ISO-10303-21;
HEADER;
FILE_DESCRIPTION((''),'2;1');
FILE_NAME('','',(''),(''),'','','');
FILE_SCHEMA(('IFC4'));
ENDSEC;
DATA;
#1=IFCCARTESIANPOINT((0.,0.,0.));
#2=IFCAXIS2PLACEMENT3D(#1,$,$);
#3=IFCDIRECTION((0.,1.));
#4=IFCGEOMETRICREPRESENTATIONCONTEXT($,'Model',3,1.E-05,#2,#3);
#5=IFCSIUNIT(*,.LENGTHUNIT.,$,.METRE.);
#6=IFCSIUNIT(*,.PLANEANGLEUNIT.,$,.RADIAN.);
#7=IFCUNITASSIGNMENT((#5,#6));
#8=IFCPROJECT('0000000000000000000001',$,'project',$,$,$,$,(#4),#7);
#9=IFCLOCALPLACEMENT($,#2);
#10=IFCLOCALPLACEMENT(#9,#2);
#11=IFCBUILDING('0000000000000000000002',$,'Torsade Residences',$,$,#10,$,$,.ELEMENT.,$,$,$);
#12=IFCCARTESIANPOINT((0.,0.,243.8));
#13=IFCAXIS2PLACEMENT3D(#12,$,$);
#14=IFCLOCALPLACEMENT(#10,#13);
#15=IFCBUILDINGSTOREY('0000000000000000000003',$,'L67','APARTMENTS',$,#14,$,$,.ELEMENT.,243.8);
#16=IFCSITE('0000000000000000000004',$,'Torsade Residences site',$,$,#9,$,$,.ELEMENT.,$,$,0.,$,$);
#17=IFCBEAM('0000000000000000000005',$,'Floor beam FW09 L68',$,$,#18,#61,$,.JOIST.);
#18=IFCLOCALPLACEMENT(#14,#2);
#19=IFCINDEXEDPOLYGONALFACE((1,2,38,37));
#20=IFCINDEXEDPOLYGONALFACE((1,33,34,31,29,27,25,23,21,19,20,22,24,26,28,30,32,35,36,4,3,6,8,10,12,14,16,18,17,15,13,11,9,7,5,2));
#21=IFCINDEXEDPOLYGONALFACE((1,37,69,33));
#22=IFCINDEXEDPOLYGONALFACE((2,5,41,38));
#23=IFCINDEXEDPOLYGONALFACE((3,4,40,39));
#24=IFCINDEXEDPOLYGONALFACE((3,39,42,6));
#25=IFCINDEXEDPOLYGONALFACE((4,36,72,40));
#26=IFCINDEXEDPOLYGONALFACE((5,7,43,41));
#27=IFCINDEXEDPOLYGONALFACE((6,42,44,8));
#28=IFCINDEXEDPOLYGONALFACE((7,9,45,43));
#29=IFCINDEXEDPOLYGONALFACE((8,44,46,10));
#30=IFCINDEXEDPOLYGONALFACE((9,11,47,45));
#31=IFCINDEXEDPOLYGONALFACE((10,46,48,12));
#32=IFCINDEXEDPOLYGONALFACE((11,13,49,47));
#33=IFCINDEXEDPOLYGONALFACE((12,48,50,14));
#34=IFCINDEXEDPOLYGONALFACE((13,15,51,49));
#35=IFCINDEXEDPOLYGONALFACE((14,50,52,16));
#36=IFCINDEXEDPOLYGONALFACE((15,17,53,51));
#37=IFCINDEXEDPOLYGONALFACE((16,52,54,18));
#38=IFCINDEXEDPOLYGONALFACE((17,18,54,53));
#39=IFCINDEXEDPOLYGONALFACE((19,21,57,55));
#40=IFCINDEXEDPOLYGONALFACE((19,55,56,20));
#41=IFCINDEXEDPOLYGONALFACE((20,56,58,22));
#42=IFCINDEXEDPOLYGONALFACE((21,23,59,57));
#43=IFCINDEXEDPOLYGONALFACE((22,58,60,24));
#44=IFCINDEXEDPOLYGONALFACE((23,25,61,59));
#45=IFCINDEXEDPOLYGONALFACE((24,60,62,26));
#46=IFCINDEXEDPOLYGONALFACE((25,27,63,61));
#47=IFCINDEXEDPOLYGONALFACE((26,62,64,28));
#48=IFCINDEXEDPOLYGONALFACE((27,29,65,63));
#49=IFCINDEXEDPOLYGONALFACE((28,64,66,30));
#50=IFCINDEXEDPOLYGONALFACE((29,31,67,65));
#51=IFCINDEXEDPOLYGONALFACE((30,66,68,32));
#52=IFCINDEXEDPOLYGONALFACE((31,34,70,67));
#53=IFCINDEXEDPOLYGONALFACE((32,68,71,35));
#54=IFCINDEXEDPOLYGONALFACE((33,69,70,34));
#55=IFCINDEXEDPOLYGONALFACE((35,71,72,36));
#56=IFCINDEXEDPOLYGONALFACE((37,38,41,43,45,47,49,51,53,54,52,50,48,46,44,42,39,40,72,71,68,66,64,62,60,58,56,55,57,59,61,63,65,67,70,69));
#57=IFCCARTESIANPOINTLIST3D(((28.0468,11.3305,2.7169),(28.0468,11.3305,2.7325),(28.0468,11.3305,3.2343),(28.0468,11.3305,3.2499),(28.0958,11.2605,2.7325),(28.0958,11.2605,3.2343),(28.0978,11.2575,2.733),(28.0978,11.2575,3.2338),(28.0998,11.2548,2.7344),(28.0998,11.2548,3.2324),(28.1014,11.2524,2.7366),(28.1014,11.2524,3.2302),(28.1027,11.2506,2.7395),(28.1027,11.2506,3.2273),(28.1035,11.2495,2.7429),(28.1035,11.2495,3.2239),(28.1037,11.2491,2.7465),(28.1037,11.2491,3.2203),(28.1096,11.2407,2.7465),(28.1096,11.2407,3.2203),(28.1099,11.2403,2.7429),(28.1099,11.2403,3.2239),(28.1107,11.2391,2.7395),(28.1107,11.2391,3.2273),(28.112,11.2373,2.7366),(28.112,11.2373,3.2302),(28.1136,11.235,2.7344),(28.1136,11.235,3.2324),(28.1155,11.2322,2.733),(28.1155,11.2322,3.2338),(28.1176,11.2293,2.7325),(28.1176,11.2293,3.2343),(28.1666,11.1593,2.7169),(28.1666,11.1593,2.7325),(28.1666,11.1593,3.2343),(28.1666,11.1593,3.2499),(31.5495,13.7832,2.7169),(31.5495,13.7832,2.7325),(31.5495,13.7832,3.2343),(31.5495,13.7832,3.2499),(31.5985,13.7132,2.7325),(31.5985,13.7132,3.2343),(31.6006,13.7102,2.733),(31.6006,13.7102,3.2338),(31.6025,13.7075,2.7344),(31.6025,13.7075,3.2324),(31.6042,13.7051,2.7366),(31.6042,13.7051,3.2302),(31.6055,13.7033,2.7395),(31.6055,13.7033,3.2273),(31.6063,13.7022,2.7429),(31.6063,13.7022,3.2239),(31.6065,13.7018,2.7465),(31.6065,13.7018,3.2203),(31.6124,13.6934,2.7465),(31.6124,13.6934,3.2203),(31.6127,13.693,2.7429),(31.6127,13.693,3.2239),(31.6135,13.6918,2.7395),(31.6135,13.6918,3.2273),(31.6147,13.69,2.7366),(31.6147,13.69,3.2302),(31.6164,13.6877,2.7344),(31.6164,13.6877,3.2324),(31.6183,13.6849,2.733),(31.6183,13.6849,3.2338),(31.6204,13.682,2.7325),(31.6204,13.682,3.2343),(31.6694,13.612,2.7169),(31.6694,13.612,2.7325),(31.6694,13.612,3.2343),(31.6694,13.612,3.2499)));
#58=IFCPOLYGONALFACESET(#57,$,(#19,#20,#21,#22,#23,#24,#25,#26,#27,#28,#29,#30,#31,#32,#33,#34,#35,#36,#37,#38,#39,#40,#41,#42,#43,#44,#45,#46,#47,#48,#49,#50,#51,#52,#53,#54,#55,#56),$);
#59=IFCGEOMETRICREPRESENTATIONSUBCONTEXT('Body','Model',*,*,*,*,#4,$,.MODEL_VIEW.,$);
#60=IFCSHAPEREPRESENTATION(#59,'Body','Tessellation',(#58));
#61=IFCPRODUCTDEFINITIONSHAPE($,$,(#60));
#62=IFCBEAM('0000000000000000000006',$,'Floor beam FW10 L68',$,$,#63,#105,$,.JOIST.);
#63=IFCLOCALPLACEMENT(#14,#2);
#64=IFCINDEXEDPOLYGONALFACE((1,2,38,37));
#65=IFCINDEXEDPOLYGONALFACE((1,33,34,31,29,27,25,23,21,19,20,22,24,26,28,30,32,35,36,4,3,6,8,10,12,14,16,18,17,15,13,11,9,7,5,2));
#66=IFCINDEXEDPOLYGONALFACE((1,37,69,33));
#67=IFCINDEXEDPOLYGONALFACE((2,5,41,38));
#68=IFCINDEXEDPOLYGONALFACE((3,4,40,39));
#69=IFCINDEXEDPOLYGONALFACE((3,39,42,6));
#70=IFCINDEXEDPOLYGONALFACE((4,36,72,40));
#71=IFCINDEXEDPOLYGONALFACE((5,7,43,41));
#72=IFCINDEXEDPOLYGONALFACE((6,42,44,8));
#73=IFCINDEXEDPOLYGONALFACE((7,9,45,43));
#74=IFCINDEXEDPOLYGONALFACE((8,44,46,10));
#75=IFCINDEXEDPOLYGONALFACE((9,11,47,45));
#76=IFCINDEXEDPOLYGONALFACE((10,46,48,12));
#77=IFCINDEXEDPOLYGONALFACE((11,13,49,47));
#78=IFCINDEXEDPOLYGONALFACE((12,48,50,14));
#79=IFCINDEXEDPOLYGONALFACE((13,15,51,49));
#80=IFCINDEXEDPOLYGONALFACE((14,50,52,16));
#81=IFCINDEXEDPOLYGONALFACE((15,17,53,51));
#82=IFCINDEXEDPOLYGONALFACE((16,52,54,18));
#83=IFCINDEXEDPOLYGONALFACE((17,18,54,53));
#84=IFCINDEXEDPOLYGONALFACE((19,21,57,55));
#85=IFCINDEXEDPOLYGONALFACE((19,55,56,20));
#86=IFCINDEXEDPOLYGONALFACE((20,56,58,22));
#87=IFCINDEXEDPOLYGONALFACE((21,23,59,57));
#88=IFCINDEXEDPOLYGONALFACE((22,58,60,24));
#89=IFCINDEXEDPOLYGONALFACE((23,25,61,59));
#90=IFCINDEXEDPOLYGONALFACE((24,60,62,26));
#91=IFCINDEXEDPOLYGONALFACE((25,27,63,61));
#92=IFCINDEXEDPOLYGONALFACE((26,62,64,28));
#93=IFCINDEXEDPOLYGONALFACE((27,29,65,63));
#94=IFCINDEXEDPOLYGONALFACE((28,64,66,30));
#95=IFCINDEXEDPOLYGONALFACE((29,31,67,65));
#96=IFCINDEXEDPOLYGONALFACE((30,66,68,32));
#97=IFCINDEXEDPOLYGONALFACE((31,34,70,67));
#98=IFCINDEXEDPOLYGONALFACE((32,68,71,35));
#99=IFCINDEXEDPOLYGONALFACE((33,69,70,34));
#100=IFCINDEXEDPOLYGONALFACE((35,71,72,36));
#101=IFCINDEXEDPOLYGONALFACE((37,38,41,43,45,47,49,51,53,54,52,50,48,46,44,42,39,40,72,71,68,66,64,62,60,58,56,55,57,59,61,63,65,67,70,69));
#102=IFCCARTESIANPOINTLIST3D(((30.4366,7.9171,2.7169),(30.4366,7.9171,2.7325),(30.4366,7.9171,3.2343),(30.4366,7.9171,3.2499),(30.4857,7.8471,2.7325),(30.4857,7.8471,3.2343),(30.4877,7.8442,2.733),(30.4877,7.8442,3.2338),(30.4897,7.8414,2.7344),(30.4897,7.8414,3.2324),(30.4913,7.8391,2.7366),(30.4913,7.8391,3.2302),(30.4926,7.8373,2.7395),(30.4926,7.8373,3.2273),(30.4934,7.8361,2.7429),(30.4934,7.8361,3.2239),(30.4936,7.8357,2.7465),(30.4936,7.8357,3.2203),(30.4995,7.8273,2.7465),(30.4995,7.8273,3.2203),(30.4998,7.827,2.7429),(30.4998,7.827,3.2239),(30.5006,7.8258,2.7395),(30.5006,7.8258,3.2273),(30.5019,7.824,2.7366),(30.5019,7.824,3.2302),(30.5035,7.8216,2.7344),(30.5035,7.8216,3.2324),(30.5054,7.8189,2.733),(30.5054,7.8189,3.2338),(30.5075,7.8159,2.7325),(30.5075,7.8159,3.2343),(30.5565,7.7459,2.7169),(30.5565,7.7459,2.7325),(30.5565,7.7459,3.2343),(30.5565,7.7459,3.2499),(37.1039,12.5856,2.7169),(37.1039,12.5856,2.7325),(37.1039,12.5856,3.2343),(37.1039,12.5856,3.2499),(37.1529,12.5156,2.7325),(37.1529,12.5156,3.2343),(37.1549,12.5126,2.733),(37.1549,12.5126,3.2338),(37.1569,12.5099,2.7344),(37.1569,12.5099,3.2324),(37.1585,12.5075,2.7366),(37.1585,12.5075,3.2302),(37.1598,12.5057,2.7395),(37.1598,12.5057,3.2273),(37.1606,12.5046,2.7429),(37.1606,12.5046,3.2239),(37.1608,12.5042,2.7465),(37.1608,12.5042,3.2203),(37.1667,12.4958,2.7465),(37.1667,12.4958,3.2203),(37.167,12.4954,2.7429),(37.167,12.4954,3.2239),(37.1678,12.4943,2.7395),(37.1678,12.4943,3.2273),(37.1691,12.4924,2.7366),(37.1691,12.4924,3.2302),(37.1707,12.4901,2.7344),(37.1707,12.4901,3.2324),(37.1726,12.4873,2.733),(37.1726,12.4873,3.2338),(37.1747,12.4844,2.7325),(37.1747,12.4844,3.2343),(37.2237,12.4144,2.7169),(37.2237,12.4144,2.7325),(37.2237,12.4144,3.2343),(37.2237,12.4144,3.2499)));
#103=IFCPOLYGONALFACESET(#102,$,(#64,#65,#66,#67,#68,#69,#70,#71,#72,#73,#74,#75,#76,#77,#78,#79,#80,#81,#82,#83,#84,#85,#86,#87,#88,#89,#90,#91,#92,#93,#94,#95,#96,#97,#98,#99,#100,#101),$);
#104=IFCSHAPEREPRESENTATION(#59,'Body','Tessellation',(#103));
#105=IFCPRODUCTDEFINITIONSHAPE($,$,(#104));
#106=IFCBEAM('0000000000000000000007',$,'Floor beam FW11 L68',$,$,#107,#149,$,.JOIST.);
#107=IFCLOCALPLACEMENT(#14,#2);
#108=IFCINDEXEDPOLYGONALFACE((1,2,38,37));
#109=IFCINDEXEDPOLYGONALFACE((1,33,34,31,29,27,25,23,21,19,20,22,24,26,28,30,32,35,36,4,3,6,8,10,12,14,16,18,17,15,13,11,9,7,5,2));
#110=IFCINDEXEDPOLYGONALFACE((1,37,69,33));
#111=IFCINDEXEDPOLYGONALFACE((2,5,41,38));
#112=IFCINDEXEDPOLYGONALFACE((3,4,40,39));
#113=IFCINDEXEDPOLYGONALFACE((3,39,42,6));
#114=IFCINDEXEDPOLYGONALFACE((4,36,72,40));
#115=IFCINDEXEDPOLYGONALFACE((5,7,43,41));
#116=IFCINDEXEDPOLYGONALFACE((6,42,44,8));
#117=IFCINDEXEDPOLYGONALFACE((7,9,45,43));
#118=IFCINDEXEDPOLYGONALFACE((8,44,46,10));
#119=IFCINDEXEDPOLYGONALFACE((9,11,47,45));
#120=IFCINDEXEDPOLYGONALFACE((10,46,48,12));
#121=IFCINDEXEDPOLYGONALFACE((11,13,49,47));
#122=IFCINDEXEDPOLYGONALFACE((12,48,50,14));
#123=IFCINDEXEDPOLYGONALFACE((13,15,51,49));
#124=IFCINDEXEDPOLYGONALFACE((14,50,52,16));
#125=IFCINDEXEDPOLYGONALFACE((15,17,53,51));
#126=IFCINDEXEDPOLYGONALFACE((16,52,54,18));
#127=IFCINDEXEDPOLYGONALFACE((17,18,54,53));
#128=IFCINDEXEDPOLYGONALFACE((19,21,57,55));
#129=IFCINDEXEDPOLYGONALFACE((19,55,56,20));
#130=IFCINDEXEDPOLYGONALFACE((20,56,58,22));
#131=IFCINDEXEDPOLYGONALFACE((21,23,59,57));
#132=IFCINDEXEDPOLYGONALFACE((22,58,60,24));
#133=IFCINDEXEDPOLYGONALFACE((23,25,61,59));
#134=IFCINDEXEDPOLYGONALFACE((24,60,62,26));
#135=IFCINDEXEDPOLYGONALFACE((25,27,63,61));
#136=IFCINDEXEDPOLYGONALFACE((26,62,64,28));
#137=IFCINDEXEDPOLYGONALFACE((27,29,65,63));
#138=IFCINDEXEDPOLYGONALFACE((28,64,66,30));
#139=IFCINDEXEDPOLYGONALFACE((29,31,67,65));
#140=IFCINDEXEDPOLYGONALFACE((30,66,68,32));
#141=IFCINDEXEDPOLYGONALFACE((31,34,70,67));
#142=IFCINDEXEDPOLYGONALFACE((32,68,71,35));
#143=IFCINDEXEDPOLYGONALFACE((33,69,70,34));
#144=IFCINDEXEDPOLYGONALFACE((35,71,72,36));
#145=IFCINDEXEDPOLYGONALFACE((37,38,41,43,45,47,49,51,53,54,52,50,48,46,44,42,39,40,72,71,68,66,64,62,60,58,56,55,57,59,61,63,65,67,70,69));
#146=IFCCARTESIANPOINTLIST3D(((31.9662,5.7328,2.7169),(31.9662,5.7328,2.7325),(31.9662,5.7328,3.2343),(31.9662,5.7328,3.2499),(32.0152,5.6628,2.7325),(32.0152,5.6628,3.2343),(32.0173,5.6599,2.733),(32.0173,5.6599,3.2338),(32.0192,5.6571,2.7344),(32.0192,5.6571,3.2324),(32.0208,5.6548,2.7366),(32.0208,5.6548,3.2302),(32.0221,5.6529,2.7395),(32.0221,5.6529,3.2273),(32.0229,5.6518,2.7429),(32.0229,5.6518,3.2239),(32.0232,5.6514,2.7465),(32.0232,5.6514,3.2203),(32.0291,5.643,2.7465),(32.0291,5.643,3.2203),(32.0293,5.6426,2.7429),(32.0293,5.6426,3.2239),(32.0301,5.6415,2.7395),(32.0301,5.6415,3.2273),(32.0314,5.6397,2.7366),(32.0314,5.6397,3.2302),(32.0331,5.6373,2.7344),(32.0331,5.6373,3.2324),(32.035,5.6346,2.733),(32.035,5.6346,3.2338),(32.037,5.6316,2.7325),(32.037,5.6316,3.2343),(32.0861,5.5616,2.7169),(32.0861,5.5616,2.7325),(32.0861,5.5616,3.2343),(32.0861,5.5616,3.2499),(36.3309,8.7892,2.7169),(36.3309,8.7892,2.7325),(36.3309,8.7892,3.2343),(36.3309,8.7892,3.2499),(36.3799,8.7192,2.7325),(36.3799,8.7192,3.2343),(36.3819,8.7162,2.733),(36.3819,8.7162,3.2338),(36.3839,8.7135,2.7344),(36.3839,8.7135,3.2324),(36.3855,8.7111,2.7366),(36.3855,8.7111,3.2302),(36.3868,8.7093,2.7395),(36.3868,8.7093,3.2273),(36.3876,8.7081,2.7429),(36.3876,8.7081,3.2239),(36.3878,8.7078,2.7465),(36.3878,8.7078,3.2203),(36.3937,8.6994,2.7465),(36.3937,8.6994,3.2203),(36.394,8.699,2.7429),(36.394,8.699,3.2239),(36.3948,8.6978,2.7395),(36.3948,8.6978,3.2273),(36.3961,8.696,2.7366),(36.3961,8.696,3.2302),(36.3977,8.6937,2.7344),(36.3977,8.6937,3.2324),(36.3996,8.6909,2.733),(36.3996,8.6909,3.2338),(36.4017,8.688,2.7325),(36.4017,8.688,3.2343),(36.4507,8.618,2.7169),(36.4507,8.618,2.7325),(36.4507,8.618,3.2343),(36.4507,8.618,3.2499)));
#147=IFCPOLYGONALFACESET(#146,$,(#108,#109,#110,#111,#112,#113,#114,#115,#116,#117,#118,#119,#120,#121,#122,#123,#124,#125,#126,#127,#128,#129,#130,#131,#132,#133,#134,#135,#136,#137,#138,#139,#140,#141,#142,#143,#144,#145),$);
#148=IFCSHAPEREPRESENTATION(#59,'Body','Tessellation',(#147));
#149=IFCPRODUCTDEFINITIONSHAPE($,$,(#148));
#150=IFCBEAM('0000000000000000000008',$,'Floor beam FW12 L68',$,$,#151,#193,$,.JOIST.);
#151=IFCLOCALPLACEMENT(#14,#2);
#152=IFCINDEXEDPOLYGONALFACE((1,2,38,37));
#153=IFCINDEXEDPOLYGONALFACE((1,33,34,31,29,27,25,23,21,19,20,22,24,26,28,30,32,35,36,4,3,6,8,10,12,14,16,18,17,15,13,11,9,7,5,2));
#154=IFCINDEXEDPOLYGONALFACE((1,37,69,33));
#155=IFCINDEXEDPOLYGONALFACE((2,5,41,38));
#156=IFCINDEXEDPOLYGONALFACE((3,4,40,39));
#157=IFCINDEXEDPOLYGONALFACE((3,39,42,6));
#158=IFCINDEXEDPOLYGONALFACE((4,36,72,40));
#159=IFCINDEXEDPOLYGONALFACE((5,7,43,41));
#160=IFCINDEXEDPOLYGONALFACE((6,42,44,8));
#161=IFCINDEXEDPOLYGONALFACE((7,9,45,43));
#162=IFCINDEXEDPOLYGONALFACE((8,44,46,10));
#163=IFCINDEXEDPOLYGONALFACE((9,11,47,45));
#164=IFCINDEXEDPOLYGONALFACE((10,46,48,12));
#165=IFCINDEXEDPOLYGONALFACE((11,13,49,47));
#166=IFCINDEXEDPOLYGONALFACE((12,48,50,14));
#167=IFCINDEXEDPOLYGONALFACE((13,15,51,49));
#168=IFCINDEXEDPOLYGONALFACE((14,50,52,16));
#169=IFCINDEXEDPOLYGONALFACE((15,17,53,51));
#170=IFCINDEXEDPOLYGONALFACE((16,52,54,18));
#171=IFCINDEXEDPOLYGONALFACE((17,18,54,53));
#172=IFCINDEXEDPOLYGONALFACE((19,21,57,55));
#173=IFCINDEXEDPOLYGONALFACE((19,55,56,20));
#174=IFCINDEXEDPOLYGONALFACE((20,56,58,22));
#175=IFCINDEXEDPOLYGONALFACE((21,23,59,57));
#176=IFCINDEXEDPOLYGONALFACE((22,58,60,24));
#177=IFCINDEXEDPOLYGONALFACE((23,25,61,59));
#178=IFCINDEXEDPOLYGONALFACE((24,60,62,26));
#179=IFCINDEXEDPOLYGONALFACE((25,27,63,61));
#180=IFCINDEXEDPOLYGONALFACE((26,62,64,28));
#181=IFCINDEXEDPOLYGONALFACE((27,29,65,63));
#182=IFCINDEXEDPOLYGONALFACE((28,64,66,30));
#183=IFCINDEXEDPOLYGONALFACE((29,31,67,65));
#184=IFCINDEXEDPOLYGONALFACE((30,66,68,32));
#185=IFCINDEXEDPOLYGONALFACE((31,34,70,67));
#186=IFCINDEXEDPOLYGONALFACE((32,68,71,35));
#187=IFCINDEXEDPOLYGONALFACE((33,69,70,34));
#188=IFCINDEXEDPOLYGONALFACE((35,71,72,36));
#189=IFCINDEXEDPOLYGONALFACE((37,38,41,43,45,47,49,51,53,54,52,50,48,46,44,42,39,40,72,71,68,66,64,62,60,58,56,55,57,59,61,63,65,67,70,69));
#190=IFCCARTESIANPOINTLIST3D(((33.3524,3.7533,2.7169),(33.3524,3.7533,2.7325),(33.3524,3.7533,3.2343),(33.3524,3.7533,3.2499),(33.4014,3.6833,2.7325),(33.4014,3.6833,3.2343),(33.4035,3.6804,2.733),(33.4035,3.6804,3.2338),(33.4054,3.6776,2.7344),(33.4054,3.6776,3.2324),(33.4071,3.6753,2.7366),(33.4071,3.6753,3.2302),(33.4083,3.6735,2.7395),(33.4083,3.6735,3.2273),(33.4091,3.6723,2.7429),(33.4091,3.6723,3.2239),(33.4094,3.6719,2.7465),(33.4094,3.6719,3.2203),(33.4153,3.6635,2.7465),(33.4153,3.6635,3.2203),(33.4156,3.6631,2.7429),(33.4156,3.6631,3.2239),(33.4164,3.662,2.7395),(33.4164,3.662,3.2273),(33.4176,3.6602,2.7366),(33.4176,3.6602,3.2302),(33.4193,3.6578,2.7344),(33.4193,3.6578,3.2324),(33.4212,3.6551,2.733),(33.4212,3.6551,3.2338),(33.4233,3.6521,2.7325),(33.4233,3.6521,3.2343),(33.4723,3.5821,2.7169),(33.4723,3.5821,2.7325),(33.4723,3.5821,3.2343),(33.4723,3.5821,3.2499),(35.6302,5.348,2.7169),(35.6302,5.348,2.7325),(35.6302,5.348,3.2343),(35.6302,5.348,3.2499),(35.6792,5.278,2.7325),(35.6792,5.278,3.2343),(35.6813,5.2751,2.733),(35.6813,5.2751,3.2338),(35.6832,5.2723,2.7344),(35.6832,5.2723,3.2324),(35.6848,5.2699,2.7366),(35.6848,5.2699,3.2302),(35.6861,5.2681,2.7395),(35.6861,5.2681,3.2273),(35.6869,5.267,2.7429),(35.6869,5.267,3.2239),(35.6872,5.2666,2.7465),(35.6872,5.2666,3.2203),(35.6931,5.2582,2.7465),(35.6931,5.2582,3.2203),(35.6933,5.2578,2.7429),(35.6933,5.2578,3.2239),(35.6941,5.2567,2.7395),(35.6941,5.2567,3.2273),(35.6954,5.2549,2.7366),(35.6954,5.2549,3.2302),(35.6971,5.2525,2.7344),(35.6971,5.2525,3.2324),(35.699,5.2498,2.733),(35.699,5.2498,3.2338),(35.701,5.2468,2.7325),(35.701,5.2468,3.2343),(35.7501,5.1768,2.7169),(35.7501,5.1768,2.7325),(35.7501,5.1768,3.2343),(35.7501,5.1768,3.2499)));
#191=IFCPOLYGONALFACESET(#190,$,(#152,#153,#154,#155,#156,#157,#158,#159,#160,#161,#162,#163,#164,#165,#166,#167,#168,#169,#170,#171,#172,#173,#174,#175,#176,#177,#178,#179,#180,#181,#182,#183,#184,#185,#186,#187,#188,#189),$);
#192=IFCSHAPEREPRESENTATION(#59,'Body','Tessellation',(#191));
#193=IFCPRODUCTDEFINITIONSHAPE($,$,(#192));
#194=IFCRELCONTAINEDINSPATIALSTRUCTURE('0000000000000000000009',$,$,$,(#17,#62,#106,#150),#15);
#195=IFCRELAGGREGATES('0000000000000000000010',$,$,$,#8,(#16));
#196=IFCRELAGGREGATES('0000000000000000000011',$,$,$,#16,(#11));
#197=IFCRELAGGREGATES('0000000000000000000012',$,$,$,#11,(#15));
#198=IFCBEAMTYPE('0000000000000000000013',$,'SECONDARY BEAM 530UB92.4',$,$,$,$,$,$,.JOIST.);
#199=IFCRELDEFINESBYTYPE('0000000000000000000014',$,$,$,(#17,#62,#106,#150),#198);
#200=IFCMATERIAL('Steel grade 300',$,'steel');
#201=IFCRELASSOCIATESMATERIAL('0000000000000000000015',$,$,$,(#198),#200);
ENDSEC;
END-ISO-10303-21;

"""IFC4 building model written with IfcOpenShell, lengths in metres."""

from ifc_helpers import new_model, si_unit, direction, frame, origin, origin_2d, place, context, subcontext, project, spatial, i_section, extrude, material, material_profile, profile_set, type_object, element, save


model = new_model("IFC4")

# Units and contexts
model_context = context("Model", 3, precision=1e-05, world=origin(), true_north=direction((0.0, 1.0)))
body_context = subcontext(model_context, "Body", "Model", "MODEL_VIEW")
ifc_project = project(units=[si_unit("LENGTHUNIT", "METRE"), si_unit("PLANEANGLEUNIT", "RADIAN")], contexts=[model_context])

# Site, building, storey
site_placement = place(None, origin())
site = spatial("IfcSite", under=ifc_project, at=site_placement, Name="Torsade Residences site", CompositionType="ELEMENT", RefElevation=0.0)
building_placement = place(site_placement, origin())
building = spatial("IfcBuilding", under=site, at=building_placement, Name="Torsade Residences", CompositionType="ELEMENT")
storey_placement = place(building_placement, frame((0.0, 0.0, 243.8)))
storey = spatial("IfcBuildingStorey", under=building, at=storey_placement, Name="L67", Description="APARTMENTS", CompositionType="ELEMENT", Elevation=243.8)

# Beams
ifc_material_1 = material(Name="Steel grade 300", Category="steel")
ifc_material_profile_1 = material_profile(ifc_material_1, i_section(OverallWidth=0.209, OverallDepth=0.533, WebThickness=0.0103, FlangeThickness=0.0156, FilletRadius=0.0139, at=origin_2d()), Name="530UB92.4")
ifc_profile_set_1 = profile_set([ifc_material_profile_1], Name="Steel grade 300")
beam_type_1 = type_object("IfcBeamType", Name="SECONDARY BEAM 530UB92.4", PredefinedType="JOIST", material=ifc_profile_set_1)
beam_1_placement = place(storey_placement, frame((28.1067, 11.2449, 2.9834), z_axis=(0.819149, 0.573581, 0.0), x_axis=(-0.573581, 0.819149, 0.0)))
element("IfcBeam", 1, at=beam_1_placement, inside=storey, type_object=beam_type_1, Name="Floor beam FW09 L68", PredefinedType="JOIST", context=body_context, shape_type="SweptSolid", body=[
    extrude(i_section(OverallWidth=0.209, OverallDepth=0.533, WebThickness=0.0103, FlangeThickness=0.0156, FilletRadius=0.0139, at=origin_2d()), origin(), (0.0, 0.0, 1.0), 4.2761),
])
beam_2_placement = place(storey_placement, frame((30.4966, 7.8315, 2.9834), z_axis=(0.819152, 0.573577, 0.0), x_axis=(-0.573577, 0.819152, 0.0)))
element("IfcBeam", 2, at=beam_2_placement, inside=storey, type_object=beam_type_1, Name="Floor beam FW10 L68", PredefinedType="JOIST", context=body_context, shape_type="SweptSolid", body=[
    extrude(i_section(OverallWidth=0.209, OverallDepth=0.533, WebThickness=0.0103, FlangeThickness=0.0156, FilletRadius=0.0139, at=origin_2d()), origin(), (0.0, 0.0, 1.0), 8.1392),
])
beam_3_placement = place(storey_placement, frame((32.0261, 5.6472, 2.9834), z_axis=(0.819137, 0.573598, 0.0), x_axis=(-0.573598, 0.819137, 0.0)))
element("IfcBeam", 3, at=beam_3_placement, inside=storey, type_object=beam_type_1, Name="Floor beam FW11 L68", PredefinedType="JOIST", context=body_context, shape_type="SweptSolid", body=[
    extrude(i_section(OverallWidth=0.209, OverallDepth=0.533, WebThickness=0.0103, FlangeThickness=0.0156, FilletRadius=0.0139, at=origin_2d()), origin(), (0.0, 0.0, 1.0), 5.3284),
])
beam_4_placement = place(storey_placement, frame((33.4124, 3.6677, 2.9834), z_axis=(0.819191, 0.573521, 0.0), x_axis=(-0.573521, 0.819191, 0.0)))
element("IfcBeam", 4, at=beam_4_placement, inside=storey, type_object=beam_type_1, Name="Floor beam FW12 L68", PredefinedType="JOIST", context=body_context, shape_type="SweptSolid", body=[
    extrude(i_section(OverallWidth=0.209, OverallDepth=0.533, WebThickness=0.0103, FlangeThickness=0.0156, FilletRadius=0.0139, at=origin_2d()), origin(), (0.0, 0.0, 1.0), 2.7805),
])

save(model, "model.ifc")
